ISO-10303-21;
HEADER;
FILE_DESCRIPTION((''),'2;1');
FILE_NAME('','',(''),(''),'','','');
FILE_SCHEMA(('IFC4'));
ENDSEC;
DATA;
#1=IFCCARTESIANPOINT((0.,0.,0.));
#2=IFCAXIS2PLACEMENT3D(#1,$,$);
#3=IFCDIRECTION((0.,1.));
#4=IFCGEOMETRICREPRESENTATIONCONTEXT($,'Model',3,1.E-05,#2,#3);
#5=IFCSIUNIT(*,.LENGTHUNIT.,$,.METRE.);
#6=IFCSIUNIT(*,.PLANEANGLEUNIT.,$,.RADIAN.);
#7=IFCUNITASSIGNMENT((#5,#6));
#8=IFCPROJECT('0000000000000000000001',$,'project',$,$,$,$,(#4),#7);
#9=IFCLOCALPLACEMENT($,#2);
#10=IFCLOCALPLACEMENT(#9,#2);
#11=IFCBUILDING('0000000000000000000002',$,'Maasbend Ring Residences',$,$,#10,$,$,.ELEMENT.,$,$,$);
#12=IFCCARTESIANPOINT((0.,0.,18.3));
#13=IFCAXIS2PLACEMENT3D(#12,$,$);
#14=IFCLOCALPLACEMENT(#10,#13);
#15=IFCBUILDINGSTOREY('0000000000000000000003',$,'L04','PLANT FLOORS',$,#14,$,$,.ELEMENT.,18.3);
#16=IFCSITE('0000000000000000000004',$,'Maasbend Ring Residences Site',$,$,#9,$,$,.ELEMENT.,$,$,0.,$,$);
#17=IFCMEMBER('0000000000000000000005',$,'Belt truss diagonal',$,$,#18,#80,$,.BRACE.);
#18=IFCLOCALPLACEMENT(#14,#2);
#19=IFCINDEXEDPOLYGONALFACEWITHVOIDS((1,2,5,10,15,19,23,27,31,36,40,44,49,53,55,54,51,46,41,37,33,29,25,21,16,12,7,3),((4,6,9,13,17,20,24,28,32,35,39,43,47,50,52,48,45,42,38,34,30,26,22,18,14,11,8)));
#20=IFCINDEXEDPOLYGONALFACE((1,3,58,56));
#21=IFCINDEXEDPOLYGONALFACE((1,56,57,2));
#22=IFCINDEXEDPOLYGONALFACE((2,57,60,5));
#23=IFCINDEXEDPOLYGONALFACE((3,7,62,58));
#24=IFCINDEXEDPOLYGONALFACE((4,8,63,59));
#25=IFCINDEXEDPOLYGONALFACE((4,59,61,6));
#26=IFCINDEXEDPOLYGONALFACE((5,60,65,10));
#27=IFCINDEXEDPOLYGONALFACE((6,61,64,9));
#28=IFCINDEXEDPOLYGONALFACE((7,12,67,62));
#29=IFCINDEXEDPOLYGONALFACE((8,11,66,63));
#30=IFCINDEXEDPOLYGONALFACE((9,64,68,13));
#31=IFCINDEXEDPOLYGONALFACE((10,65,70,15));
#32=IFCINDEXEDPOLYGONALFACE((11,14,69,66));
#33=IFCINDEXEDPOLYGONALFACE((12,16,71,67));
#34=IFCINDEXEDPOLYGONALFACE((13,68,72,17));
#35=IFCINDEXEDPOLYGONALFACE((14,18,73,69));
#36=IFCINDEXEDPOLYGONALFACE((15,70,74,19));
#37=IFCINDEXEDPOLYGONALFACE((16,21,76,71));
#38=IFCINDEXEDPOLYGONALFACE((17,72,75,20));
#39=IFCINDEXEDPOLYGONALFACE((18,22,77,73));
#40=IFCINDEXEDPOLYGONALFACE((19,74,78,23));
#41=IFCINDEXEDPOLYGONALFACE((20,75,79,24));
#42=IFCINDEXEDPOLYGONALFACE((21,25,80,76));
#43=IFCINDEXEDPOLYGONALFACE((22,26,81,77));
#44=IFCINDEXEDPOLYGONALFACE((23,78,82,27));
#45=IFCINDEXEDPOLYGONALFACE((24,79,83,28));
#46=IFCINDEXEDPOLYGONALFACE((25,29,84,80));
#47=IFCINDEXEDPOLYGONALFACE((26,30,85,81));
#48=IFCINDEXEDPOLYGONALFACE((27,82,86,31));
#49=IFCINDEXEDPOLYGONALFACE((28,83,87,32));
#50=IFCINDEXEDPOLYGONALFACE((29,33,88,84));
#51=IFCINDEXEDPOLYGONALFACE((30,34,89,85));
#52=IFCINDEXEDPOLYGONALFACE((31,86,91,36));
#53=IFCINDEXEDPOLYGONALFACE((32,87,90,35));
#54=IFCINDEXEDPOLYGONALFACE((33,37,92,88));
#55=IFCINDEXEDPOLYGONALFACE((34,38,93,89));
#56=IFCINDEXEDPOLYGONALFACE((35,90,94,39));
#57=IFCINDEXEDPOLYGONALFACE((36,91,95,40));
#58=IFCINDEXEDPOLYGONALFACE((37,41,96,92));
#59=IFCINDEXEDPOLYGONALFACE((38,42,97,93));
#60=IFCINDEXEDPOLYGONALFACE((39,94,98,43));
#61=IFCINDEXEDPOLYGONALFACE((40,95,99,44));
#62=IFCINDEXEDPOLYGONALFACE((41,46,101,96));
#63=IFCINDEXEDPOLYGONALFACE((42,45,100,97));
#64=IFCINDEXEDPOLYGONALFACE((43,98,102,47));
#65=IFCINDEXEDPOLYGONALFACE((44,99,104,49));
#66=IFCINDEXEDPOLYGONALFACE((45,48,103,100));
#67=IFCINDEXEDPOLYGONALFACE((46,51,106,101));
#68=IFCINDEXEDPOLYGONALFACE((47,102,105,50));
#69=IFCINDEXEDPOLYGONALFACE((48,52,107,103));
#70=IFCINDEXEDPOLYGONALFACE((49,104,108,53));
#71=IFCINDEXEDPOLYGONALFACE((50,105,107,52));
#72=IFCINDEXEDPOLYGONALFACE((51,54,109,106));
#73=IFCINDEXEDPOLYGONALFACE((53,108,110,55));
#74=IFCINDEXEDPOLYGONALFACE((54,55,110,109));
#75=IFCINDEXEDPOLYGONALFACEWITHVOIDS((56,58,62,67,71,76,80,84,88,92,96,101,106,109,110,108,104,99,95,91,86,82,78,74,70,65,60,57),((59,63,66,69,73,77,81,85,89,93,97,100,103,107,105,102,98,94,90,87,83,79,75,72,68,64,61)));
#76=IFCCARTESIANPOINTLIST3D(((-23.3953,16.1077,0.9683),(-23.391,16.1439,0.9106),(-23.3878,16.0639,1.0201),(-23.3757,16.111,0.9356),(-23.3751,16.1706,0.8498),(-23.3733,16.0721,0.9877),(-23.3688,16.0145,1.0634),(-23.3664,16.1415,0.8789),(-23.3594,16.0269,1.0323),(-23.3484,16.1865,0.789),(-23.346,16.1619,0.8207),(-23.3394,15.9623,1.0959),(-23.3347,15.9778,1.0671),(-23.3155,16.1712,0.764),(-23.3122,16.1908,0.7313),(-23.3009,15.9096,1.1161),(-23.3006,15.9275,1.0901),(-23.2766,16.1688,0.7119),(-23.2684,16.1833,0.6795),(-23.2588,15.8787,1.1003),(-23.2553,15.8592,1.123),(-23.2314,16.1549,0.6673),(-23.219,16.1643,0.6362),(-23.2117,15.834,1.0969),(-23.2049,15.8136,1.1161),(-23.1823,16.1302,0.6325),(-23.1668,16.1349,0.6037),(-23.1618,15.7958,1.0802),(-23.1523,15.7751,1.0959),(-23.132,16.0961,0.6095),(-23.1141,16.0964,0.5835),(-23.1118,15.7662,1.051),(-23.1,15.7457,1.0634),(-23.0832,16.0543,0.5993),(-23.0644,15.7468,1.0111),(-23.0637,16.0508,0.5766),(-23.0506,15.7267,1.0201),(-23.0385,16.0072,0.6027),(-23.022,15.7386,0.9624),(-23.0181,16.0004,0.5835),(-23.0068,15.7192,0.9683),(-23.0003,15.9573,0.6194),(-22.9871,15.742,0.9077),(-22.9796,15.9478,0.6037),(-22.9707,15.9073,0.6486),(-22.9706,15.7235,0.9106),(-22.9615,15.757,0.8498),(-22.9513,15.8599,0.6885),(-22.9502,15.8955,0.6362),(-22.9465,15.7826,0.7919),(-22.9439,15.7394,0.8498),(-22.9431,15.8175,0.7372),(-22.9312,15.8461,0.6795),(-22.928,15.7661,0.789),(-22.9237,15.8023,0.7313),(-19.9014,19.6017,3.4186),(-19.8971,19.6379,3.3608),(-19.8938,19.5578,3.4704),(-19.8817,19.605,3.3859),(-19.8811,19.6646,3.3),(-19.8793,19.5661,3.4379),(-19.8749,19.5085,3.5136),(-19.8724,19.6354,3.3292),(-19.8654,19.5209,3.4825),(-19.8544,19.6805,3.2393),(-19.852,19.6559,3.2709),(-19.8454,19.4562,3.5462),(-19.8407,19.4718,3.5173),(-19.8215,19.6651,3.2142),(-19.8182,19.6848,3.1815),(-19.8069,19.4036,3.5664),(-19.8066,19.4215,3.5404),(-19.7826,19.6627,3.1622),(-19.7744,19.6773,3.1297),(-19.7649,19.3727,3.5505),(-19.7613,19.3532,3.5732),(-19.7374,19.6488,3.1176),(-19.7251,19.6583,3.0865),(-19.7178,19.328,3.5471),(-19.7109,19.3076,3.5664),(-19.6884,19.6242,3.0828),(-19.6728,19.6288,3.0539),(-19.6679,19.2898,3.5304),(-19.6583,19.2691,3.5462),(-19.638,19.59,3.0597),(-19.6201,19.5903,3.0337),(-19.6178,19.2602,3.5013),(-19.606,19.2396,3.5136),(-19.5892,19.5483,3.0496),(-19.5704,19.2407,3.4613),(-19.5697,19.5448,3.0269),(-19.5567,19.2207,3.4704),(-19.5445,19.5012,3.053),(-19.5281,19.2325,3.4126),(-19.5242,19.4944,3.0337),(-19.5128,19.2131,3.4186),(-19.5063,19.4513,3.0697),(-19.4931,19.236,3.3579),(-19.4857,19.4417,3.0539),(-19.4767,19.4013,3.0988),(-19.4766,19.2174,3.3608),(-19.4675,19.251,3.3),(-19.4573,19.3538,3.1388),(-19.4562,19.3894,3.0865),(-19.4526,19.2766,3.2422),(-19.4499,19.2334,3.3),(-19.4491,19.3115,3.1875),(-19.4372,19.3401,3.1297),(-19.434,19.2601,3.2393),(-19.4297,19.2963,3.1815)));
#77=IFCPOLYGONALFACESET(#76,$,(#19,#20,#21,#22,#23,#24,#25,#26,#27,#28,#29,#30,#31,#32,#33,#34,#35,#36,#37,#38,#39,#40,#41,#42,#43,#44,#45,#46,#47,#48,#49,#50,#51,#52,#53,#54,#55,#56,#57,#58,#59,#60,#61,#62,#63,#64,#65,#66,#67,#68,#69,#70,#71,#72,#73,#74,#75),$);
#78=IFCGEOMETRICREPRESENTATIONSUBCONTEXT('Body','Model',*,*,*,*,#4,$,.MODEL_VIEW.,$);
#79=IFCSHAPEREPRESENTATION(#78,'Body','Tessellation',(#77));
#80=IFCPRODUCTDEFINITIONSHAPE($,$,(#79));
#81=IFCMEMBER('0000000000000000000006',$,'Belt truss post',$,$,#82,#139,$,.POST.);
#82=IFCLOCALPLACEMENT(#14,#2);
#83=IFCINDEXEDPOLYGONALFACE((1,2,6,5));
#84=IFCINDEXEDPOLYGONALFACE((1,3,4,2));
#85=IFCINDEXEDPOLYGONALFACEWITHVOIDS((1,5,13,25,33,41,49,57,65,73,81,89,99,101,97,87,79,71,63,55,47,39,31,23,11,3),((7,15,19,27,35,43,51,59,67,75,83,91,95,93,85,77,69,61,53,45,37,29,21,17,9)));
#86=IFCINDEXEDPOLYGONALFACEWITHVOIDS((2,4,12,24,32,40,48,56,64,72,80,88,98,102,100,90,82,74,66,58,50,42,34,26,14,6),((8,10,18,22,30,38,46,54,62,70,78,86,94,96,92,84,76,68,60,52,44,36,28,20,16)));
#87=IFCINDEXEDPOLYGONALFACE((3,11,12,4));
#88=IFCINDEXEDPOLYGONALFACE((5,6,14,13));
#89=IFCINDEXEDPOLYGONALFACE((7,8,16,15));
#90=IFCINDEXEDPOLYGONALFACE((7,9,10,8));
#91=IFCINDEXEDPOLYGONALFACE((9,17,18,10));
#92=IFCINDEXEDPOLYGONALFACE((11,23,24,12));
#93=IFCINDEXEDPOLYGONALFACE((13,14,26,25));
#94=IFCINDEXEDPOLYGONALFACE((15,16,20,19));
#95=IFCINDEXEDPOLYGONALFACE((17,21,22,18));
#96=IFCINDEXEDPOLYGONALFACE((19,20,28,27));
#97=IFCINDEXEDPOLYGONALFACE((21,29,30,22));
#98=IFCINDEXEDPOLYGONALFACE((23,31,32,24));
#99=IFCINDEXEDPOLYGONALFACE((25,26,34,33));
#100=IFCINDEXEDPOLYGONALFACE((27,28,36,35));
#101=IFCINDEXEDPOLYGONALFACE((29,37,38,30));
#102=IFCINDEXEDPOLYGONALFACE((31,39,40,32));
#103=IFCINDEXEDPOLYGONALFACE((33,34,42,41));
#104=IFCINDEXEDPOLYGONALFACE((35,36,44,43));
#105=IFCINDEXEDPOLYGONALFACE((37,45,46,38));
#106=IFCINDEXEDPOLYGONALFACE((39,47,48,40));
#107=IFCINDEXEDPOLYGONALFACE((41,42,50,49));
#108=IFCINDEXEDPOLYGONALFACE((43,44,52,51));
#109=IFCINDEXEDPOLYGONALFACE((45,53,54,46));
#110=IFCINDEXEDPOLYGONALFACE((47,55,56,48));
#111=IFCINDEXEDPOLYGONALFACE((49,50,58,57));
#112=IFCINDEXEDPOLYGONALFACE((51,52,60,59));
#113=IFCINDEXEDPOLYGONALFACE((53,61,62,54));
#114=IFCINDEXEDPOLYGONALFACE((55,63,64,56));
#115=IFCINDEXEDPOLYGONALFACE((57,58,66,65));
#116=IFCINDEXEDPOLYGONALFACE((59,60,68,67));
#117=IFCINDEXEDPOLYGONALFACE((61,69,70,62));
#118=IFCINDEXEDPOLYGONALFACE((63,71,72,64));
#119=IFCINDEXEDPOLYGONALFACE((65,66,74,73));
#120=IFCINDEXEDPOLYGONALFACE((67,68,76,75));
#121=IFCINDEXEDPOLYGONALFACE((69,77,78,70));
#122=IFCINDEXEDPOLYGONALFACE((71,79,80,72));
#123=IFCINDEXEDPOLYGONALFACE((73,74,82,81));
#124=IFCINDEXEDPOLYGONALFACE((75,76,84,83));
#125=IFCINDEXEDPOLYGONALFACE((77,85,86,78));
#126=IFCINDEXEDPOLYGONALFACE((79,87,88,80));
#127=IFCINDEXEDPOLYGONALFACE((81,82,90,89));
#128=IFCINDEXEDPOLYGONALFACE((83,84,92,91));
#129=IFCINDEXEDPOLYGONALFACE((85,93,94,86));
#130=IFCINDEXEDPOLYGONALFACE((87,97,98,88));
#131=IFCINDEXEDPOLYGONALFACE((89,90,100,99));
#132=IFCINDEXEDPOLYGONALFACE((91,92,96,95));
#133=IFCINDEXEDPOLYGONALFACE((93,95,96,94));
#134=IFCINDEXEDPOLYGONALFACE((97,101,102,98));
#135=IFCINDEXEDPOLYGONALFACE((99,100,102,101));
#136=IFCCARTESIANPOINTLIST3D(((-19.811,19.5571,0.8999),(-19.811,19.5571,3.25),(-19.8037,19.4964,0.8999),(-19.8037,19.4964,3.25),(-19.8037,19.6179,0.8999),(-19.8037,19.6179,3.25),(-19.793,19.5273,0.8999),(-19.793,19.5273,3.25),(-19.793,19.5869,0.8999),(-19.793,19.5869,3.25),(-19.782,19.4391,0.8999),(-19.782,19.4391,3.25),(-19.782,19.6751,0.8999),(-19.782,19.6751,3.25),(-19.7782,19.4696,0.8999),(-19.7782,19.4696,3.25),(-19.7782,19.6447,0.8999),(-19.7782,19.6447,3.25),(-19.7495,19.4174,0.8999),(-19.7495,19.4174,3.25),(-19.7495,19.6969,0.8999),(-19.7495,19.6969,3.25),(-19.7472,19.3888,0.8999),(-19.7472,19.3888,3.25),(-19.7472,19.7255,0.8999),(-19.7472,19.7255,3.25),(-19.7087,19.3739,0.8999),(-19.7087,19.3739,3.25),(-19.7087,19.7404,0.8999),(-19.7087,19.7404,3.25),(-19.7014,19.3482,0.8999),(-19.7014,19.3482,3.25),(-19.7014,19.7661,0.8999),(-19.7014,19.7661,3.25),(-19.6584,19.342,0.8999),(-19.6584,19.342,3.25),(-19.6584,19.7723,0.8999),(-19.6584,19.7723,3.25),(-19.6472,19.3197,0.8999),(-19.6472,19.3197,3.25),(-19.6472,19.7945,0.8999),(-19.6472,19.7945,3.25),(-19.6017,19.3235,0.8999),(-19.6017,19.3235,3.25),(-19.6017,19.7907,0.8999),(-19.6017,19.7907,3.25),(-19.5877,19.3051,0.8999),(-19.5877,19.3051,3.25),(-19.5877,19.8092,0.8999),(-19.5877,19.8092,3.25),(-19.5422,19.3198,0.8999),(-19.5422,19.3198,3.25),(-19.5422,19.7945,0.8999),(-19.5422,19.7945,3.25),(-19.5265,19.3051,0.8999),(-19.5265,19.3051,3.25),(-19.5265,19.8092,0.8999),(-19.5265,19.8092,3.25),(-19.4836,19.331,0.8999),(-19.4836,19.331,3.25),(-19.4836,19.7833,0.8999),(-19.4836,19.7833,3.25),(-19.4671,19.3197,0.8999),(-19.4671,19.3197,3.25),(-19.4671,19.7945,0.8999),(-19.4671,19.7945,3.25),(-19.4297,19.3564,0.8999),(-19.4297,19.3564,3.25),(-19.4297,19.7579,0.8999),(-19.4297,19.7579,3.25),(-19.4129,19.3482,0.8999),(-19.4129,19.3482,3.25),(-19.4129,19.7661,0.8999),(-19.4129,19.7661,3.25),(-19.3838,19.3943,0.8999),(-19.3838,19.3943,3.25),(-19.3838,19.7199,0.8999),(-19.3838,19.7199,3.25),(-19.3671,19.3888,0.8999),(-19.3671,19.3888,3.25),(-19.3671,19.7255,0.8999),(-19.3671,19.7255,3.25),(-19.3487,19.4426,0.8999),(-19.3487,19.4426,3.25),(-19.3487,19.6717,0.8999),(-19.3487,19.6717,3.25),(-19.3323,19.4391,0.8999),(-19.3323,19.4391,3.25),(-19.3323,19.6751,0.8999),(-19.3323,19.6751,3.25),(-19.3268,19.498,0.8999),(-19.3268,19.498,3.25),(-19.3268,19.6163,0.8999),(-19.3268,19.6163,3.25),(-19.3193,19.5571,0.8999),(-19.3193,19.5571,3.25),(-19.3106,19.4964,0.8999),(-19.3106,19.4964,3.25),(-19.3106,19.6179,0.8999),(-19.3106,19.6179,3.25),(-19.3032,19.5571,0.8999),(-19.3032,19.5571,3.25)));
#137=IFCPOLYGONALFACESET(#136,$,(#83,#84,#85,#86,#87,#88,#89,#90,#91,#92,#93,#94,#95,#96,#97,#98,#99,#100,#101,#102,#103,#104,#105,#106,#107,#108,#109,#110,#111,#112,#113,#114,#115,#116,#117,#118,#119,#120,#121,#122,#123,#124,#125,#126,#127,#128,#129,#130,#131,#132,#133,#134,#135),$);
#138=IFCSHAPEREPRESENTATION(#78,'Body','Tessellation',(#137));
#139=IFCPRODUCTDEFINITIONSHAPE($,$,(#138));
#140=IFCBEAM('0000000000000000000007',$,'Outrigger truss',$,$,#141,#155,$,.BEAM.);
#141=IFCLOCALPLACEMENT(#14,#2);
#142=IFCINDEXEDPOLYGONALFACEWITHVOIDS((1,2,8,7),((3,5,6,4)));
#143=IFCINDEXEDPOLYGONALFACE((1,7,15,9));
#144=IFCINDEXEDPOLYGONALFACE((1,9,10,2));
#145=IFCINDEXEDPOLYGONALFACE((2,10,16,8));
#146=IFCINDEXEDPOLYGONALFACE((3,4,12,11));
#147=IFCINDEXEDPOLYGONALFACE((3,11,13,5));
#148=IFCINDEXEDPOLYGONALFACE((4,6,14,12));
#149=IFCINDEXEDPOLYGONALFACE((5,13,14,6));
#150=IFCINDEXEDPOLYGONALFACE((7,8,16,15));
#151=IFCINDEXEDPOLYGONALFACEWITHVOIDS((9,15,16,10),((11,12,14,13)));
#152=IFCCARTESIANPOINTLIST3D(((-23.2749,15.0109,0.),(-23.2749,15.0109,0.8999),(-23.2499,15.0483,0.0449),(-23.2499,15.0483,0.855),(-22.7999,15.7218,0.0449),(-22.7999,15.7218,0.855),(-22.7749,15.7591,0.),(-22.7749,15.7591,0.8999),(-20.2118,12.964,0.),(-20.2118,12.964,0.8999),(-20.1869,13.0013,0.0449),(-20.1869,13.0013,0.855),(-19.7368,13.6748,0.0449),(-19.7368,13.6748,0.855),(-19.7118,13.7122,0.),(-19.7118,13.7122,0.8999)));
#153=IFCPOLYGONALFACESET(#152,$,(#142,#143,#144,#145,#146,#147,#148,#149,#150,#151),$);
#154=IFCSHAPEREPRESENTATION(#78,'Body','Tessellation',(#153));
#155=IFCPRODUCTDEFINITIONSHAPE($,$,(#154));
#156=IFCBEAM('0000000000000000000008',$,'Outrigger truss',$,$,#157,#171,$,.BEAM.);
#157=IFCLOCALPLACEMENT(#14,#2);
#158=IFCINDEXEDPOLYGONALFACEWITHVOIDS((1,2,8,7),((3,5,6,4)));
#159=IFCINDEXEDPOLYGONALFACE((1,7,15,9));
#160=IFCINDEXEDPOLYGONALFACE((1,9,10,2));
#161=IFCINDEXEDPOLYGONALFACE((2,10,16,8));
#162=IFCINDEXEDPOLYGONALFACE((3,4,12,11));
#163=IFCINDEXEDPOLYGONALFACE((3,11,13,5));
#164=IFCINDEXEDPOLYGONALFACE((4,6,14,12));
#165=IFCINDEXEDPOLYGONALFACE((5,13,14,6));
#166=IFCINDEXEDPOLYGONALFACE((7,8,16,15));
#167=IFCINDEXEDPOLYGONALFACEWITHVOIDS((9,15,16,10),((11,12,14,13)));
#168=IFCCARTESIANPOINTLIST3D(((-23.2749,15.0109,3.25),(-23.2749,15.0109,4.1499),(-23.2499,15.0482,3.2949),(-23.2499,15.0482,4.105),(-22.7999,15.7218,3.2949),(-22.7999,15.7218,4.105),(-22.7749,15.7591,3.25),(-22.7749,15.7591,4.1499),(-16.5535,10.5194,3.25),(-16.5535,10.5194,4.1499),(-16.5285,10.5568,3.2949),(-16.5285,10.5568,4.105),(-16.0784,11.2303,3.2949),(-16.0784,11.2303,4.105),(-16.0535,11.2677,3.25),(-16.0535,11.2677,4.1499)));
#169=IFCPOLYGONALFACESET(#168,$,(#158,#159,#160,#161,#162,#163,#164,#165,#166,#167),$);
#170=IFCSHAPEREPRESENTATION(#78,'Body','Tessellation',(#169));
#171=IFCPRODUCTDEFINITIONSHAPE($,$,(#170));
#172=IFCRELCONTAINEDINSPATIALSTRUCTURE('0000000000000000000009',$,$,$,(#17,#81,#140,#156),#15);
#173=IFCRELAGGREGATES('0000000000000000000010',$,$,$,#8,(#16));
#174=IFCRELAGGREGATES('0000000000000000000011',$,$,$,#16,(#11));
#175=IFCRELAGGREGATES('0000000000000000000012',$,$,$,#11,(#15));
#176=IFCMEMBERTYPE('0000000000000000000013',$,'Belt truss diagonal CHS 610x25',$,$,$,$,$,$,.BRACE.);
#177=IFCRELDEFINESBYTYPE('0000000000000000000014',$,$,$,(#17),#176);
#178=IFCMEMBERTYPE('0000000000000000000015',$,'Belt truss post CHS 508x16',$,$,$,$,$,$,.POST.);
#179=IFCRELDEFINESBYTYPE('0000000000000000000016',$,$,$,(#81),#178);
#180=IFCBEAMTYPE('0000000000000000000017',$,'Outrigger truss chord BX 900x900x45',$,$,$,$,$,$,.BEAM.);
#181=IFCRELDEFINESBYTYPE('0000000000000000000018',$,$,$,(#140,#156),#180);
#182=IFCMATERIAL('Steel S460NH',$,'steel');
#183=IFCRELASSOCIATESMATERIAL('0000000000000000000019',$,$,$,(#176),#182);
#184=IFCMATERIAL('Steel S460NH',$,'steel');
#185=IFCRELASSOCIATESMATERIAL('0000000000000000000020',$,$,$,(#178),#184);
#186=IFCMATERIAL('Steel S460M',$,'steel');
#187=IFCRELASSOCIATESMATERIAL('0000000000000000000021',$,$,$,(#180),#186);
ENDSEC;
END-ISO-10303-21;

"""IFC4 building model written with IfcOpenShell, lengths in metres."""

from ifc_helpers import new_model, si_unit, direction, frame, origin, origin_2d, place, context, subcontext, project, spatial, hollow_rectangle, hollow_circle, extrude, material, material_profile, profile_set, type_object, element, save


model = new_model("IFC4")

# Units and contexts
model_context = context("Model", 3, precision=1e-05, world=origin(), true_north=direction((0.0, 1.0)))
body_context = subcontext(model_context, "Body", "Model", "MODEL_VIEW")
ifc_project = project(units=[si_unit("LENGTHUNIT", "METRE"), si_unit("PLANEANGLEUNIT", "RADIAN")], contexts=[model_context])

# Site, building, storey
site_placement = place(None, origin())
site = spatial("IfcSite", under=ifc_project, at=site_placement, Name="Maasbend Ring Residences Site", CompositionType="ELEMENT", RefElevation=0.0)
building_placement = place(site_placement, origin())
building = spatial("IfcBuilding", under=site, at=building_placement, Name="Maasbend Ring Residences", CompositionType="ELEMENT")
storey_placement = place(building_placement, frame((0.0, 0.0, 18.3)))
storey = spatial("IfcBuildingStorey", under=building, at=storey_placement, Name="L04", Description="PLANT FLOORS", CompositionType="ELEMENT", Elevation=18.3)

# Members
ifc_material_1 = material(Name="Steel S460NH", Category="steel")
ifc_material_profile_1 = material_profile(ifc_material_1, hollow_circle(Radius=0.3049, WallThickness=0.0249, at=origin_2d()), Name="Belt truss diagonal CHS 610x25")
ifc_profile_set_1 = profile_set([ifc_material_profile_1], Name="Steel S460NH")
member_type_1 = type_object("IfcMemberType", Name="Belt truss diagonal CHS 610x25", PredefinedType="BRACE", material=ifc_profile_set_1)
for number, where, z_axis, x_axis, name in (
    (1, (-19.6655, 19.449, 3.3), (-0.633496, -0.633496, -0.444258), (0.707107, -0.707107, 0.0), "Belt truss diagonal"),
):
    element("IfcMember", number, at=place(storey_placement, frame(where, z_axis=z_axis, x_axis=x_axis)), inside=storey, type_object=member_type_1, Name=name, PredefinedType="BRACE", context=body_context, shape_type="SweptSolid", body=[
        extrude(hollow_circle(Radius=0.3049, WallThickness=0.0249, at=origin_2d()), origin(), (0.0, 0.0, 1.0), 5.5154),
    ])
ifc_material_2 = material(Name="Steel S460NH", Category="steel")
ifc_material_profile_2 = material_profile(ifc_material_2, hollow_circle(Radius=0.2539, WallThickness=0.0161, at=origin_2d()), Name="Belt truss post CHS 508x16")
ifc_profile_set_2 = profile_set([ifc_material_profile_2], Name="Steel S460NH")
member_type_2 = type_object("IfcMemberType", Name="Belt truss post CHS 508x16", PredefinedType="POST", material=ifc_profile_set_2)
member_1_placement = place(storey_placement, frame((-19.5571, 19.5571, 0.8999), z_axis=(0.0, 0.0, 1.0), x_axis=(1.0, 0.0, 0.0)))
element("IfcMember", 2, at=member_1_placement, inside=storey, type_object=member_type_2, Name="Belt truss post", PredefinedType="POST", context=body_context, shape_type="SweptSolid", body=[
    extrude(hollow_circle(Radius=0.2539, WallThickness=0.0161, at=origin_2d()), origin(), (0.0, 0.0, 1.0), 2.3501),
])

# Beams
ifc_material_3 = material(Name="Steel S460M", Category="steel")
ifc_material_profile_3 = material_profile(ifc_material_3, hollow_rectangle(XDim=0.8999, YDim=0.8999, WallThickness=0.0449, at=origin_2d()), Name="Outrigger truss chord BX 900x900x45")
ifc_profile_set_3 = profile_set([ifc_material_profile_3], Name="Steel S460M")
beam_type_1 = type_object("IfcBeamType", Name="Outrigger truss chord BX 900x900x45", PredefinedType="BEAM", material=ifc_profile_set_3)
beam_1_placement = place(storey_placement, frame((-23.0249, 15.385, 0.45), z_axis=(0.831438, -0.555617, 0.0), x_axis=(0.555617, 0.831438, 0.0)))
element("IfcBeam", 3, at=beam_1_placement, inside=storey, type_object=beam_type_1, Name="Outrigger truss", PredefinedType="BEAM", context=body_context, shape_type="SweptSolid", body=[
    extrude(hollow_rectangle(XDim=0.8999, YDim=0.8999, WallThickness=0.0449, at=origin_2d()), origin(), (0.0, 0.0, 1.0), 3.6841),
])
beam_2_placement = place(storey_placement, frame((-23.0249, 15.385, 3.7), z_axis=(0.83145, -0.555599, 0.0), x_axis=(0.555599, 0.83145, 0.0)))
element("IfcBeam", 4, at=beam_2_placement, inside=storey, type_object=beam_type_1, Name="Outrigger truss", PredefinedType="BEAM", context=body_context, shape_type="SweptSolid", body=[
    extrude(hollow_rectangle(XDim=0.8999, YDim=0.8999, WallThickness=0.0449, at=origin_2d()), origin(), (0.0, 0.0, 1.0), 8.084),
])

save(model, "model.ifc")
